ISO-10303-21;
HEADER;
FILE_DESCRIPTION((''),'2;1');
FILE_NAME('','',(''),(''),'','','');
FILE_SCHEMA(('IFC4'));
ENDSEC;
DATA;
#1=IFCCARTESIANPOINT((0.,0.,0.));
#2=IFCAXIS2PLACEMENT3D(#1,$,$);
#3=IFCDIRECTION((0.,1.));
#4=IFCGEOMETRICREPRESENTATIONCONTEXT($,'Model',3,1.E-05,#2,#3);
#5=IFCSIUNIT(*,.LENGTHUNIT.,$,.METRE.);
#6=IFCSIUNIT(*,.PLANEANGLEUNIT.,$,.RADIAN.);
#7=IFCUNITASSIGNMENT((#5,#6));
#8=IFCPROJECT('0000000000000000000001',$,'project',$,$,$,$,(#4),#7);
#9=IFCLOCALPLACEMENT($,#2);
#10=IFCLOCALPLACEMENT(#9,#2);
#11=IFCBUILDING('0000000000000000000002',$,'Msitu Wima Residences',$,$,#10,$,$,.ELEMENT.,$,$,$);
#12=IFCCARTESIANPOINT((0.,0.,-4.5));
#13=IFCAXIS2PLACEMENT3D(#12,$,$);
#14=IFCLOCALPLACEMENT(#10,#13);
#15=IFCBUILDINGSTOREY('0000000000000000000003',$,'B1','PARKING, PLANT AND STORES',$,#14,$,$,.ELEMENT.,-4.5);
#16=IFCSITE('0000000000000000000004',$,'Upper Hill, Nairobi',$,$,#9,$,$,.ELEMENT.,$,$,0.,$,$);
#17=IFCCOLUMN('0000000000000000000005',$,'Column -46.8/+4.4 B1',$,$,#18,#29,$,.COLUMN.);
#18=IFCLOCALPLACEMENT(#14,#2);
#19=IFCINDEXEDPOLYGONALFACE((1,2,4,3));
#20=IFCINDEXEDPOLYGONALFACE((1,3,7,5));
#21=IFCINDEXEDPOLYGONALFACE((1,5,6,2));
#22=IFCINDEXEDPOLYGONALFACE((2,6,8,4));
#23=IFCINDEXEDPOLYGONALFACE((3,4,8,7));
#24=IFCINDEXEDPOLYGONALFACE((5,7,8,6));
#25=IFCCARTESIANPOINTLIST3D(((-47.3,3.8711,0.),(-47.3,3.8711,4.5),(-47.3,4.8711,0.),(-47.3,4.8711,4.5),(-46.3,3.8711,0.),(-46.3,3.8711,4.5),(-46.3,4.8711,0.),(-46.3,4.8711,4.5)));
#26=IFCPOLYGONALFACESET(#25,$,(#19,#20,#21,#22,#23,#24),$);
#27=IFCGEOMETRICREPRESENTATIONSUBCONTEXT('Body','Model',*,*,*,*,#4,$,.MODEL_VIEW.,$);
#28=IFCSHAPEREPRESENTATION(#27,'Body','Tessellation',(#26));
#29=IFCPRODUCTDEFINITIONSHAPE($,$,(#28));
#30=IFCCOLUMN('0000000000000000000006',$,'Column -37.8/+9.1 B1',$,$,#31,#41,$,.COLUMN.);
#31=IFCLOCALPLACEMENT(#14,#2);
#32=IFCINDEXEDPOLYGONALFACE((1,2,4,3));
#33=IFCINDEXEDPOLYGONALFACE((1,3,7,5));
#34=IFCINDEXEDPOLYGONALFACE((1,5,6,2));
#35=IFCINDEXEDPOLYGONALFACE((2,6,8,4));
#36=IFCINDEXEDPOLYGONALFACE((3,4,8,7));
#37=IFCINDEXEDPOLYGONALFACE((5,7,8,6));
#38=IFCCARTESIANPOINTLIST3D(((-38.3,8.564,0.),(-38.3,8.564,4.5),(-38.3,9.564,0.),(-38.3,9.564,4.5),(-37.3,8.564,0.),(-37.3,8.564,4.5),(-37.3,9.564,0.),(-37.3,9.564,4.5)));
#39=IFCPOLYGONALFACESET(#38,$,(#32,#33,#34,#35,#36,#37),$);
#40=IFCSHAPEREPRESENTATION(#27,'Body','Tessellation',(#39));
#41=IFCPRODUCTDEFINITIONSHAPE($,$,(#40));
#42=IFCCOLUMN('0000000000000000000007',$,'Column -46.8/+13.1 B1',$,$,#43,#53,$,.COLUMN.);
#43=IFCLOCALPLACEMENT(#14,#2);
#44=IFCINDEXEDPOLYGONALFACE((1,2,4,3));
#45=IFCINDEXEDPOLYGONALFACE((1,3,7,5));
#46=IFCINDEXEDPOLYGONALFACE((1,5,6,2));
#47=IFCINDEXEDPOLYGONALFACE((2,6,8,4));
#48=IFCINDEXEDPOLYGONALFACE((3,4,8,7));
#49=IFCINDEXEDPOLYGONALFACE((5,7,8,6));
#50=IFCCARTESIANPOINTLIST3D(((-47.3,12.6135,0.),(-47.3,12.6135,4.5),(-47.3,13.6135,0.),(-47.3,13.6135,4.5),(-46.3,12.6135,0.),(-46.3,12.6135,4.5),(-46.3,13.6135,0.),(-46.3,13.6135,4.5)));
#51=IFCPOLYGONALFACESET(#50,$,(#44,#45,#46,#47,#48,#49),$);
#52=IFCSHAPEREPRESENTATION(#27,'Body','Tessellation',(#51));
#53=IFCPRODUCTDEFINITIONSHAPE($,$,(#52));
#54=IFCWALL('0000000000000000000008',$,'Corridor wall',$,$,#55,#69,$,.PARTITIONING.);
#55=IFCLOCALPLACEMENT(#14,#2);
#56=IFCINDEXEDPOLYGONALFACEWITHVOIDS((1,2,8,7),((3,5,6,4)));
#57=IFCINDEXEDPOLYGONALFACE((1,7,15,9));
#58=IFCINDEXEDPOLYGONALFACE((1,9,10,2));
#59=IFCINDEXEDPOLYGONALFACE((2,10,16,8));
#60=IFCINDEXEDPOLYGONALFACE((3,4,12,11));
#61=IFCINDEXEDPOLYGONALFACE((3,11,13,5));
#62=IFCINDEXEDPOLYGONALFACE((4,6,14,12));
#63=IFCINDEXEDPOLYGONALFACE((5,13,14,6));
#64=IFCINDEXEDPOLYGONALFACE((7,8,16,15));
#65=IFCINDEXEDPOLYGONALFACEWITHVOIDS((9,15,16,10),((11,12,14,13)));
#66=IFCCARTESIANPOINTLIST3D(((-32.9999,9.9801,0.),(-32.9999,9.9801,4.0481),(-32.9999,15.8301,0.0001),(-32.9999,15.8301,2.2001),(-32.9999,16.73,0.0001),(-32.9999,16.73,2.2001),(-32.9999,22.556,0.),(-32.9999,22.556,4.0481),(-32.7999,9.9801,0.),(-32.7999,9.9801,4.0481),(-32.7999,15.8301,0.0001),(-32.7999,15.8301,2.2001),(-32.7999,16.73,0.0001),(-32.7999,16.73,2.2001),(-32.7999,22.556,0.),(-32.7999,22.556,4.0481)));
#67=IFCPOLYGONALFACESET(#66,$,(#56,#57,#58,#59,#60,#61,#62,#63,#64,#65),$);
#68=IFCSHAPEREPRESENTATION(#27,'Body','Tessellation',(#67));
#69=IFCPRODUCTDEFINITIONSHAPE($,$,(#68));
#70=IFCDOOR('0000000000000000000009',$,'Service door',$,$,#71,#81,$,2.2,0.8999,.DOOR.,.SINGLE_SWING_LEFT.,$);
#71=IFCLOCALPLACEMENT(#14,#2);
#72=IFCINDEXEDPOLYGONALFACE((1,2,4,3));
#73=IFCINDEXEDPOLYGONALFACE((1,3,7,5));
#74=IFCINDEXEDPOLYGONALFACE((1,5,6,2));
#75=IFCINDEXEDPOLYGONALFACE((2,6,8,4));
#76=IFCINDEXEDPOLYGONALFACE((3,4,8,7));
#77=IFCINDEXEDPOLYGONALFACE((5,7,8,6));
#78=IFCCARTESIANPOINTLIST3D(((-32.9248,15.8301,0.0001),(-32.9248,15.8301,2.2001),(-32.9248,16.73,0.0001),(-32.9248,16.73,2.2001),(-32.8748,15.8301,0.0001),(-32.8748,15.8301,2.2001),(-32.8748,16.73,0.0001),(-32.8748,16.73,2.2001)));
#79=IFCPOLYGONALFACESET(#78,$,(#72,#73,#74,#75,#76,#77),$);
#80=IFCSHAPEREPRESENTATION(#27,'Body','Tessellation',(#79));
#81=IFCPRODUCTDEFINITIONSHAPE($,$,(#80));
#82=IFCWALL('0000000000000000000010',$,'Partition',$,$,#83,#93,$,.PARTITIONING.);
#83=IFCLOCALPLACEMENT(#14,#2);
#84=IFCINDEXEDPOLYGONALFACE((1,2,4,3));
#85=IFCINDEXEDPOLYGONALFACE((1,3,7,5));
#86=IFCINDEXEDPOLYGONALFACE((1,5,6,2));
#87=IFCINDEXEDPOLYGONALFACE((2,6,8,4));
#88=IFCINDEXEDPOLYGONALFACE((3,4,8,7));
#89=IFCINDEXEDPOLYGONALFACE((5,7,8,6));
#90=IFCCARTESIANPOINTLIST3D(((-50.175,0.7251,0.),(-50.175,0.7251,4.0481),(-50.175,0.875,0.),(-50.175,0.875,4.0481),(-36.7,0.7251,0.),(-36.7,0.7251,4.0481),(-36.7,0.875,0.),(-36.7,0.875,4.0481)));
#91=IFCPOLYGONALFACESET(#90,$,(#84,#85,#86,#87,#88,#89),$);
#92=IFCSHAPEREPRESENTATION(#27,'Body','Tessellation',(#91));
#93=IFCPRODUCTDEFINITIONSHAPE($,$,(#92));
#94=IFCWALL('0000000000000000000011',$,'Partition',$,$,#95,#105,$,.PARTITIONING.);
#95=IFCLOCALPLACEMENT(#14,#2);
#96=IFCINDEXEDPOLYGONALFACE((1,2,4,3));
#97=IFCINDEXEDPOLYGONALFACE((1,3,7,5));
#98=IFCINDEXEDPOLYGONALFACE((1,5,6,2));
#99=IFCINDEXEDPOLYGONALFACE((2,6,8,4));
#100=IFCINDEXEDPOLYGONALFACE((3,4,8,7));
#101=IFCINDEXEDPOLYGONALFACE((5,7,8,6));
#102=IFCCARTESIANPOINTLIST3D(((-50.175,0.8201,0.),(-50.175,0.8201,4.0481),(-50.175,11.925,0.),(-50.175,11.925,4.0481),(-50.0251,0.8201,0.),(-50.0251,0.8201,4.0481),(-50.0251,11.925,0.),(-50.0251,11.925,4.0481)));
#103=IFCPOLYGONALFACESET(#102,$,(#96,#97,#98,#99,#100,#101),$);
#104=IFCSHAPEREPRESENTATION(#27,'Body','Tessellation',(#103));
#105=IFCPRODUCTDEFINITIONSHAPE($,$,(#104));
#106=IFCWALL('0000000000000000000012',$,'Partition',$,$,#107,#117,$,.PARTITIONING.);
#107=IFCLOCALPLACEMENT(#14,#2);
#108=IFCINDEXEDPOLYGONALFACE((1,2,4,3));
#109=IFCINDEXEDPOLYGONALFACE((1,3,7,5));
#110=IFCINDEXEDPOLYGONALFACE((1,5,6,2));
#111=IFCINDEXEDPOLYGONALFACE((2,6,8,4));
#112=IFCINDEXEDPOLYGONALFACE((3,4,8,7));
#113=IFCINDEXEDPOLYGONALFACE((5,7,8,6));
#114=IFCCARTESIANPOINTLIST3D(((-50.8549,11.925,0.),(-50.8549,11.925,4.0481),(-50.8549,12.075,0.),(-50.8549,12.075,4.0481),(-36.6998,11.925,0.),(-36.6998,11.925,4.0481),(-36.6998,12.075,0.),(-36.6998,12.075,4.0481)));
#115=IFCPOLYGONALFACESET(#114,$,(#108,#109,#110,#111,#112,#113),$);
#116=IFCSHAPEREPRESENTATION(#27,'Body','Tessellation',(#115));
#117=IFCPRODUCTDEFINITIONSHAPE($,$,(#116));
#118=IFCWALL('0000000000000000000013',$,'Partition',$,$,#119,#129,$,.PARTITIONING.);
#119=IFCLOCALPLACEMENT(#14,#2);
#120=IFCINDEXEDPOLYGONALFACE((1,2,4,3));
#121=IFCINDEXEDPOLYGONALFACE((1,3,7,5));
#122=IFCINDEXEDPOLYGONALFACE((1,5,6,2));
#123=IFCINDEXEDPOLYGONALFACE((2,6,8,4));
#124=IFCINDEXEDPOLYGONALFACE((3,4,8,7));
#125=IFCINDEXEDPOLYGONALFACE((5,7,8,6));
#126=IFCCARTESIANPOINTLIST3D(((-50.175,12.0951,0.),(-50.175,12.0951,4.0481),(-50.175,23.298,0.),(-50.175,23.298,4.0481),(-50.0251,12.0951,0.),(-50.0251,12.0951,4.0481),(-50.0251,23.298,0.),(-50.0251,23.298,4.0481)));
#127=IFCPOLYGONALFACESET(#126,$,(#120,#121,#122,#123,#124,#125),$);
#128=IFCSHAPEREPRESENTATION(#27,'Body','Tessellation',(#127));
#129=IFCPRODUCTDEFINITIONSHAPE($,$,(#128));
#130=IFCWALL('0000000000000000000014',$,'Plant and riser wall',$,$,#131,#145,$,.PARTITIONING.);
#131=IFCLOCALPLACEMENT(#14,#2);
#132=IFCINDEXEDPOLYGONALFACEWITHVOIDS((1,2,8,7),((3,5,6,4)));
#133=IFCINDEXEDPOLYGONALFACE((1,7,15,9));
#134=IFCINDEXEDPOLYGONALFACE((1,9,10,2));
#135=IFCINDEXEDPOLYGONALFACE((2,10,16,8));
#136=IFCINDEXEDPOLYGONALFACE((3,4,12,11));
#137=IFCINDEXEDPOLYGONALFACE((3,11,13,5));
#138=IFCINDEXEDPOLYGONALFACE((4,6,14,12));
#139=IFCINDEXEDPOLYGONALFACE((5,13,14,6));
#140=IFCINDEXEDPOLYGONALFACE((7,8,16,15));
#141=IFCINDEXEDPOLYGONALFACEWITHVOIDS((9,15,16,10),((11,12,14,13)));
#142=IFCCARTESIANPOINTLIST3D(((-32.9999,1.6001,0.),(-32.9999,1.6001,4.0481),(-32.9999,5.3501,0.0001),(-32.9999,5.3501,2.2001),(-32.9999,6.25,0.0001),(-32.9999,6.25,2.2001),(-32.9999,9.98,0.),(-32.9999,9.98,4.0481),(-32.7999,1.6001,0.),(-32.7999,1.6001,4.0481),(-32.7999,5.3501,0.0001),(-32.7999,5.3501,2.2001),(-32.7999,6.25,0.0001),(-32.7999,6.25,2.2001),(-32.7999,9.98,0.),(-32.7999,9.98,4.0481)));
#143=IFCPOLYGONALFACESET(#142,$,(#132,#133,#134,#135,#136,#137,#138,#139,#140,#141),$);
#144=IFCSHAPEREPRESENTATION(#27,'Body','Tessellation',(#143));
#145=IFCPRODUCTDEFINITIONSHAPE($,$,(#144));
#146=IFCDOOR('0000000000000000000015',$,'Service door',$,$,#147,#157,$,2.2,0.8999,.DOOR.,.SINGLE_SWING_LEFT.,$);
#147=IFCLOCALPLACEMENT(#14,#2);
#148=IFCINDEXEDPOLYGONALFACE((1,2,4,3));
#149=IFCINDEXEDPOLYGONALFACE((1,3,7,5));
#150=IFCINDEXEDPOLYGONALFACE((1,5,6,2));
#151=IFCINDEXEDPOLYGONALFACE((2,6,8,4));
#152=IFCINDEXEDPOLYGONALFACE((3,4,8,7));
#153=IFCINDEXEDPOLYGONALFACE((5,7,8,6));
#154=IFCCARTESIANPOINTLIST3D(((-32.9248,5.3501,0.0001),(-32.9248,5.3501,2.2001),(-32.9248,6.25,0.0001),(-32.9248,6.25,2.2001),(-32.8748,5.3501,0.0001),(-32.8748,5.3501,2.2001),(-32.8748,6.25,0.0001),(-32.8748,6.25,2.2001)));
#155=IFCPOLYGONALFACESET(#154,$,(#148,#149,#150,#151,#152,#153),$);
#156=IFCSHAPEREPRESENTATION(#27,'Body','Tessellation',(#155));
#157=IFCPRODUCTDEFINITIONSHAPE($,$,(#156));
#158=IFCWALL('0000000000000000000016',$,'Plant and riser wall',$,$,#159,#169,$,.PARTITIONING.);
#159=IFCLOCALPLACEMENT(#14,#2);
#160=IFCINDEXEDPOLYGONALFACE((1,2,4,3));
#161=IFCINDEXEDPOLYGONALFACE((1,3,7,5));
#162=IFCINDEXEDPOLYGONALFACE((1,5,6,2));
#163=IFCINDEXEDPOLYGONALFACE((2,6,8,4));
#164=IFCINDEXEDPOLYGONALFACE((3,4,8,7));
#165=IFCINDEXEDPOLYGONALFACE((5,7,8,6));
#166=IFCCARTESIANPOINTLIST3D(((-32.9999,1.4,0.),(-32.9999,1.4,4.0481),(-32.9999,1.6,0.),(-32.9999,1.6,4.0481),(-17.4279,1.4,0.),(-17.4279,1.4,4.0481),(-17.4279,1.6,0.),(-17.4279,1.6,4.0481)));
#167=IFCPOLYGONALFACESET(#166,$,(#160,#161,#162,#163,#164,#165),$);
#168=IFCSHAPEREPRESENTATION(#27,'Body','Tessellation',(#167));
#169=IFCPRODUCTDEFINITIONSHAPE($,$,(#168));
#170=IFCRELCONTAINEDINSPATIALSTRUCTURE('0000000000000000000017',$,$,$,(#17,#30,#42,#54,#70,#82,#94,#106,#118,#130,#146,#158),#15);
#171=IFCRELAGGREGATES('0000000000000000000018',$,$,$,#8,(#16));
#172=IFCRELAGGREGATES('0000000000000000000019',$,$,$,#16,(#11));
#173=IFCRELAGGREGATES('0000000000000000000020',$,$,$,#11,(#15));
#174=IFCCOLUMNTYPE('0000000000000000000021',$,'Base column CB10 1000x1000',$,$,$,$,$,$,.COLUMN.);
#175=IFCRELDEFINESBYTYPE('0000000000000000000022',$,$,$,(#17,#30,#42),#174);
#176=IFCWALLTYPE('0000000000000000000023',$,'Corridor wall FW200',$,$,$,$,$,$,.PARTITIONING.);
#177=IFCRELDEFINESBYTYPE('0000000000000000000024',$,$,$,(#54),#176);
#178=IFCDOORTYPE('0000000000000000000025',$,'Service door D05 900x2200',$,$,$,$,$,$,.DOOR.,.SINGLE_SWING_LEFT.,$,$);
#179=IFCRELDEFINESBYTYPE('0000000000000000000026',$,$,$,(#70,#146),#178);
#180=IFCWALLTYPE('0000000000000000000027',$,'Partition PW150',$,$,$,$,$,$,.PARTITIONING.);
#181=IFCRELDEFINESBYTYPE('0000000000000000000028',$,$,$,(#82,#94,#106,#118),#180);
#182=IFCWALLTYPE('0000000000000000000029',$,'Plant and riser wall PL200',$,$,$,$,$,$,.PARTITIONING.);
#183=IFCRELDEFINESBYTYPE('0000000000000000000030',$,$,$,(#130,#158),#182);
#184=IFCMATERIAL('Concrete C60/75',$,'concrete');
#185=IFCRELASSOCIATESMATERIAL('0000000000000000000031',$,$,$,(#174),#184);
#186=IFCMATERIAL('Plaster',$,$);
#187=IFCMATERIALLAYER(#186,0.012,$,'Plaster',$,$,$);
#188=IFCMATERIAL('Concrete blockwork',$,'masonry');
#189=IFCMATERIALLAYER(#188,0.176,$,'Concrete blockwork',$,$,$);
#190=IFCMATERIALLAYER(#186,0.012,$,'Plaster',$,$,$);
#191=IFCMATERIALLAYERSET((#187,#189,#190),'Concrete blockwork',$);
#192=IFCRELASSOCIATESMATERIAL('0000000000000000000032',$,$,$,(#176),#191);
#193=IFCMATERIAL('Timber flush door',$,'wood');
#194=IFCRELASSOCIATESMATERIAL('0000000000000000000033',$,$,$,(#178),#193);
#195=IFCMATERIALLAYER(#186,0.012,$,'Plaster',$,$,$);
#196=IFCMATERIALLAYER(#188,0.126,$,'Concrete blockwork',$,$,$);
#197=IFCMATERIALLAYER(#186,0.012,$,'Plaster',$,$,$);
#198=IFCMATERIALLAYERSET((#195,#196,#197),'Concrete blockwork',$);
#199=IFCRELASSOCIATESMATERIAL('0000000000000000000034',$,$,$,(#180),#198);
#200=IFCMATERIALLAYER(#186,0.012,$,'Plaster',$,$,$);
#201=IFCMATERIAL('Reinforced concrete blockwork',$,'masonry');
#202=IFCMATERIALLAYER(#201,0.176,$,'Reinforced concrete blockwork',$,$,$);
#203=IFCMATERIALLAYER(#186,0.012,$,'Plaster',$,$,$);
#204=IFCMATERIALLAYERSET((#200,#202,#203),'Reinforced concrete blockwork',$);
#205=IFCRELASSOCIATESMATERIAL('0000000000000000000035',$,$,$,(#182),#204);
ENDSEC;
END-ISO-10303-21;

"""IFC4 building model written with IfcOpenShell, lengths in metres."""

from ifc_helpers import new_model, si_unit, direction, frame, frame_2d, origin, origin_2d, place, context, subcontext, project, spatial, rectangle, extrude, material, layer, layer_set, material_profile, profile_set, type_object, element, fill, save


model = new_model("IFC4")

# Units and contexts
model_context = context("Model", 3, precision=1e-05, world=origin(), true_north=direction((0.0, 1.0)))
body_context = subcontext(model_context, "Body", "Model", "MODEL_VIEW")
ifc_project = project(units=[si_unit("LENGTHUNIT", "METRE"), si_unit("PLANEANGLEUNIT", "RADIAN")], contexts=[model_context])

# Site, building, storey
site_placement = place(None, origin())
site = spatial("IfcSite", under=ifc_project, at=site_placement, Name="Upper Hill, Nairobi", CompositionType="ELEMENT", RefElevation=0.0)
building_placement = place(site_placement, origin())
building = spatial("IfcBuilding", under=site, at=building_placement, Name="Msitu Wima Residences", CompositionType="ELEMENT")
storey_placement = place(building_placement, frame((0.0, 0.0, -4.5)))
storey = spatial("IfcBuildingStorey", under=building, at=storey_placement, Name="B1", Description="PARKING, PLANT AND STORES", CompositionType="ELEMENT", Elevation=-4.5)

# Columns
ifc_material_1 = material(Name="Concrete C60/75", Category="concrete")
ifc_material_profile = material_profile(ifc_material_1, rectangle(XDim=1.0, YDim=1.0, at=origin_2d()), Name="RC 1000x1000")
ifc_profile_set = profile_set([ifc_material_profile], Name="Concrete C60/75")
column_type = type_object("IfcColumnType", Name="Base column CB10 1000x1000", PredefinedType="COLUMN", material=ifc_profile_set)
for number, where, z_axis, x_axis, name in (
    (1, (-46.8, 4.3711, 0.0), (0.0, 0.0, 1.0), (1.0, 0.0, 0.0), "Column -46.8/+4.4 B1"),
    (2, (-37.8, 9.064, 0.0), (0.0, 0.0, 1.0), (1.0, 0.0, 0.0), "Column -37.8/+9.1 B1"),
    (3, (-46.8, 13.1135, 0.0), (0.0, 0.0, 1.0), (1.0, 0.0, 0.0), "Column -46.8/+13.1 B1"),
):
    element("IfcColumn", number, at=place(storey_placement, frame(where, z_axis=z_axis, x_axis=x_axis)), inside=storey, type_object=column_type, Name=name, PredefinedType="COLUMN", context=body_context, shape_type="SweptSolid", body=[
        extrude(rectangle(XDim=1.0, YDim=1.0, at=origin_2d()), origin(), (0.0, 0.0, 1.0), 4.5),
    ])

# Wall, opening, door
ifc_material_2 = material(Name="Plaster")
ifc_layer_1 = layer(ifc_material_2, 0.012, Name="Plaster")
ifc_material_3 = material(Name="Concrete blockwork", Category="masonry")
ifc_layer_2 = layer(ifc_material_3, 0.176, Name="Concrete blockwork")
ifc_layer_3 = layer(ifc_material_2, 0.012, Name="Plaster")
ifc_layer_set_1 = layer_set([ifc_layer_1, ifc_layer_2, ifc_layer_3], Name="Concrete blockwork")
wall_type_1 = type_object("IfcWallType", Name="Corridor wall FW200", PredefinedType="PARTITIONING", material=ifc_layer_set_1)
wall_1_placement = place(storey_placement, frame((-32.8999, 9.98, 0.0), z_axis=(0.0, 0.0, 1.0), x_axis=(0.0, 1.0, 0.0)))
wall_1 = element("IfcWall", 4, at=wall_1_placement, inside=storey, type_object=wall_type_1, Name="Corridor wall", PredefinedType="PARTITIONING", context=body_context, shape_type="SweptSolid", body=[
    extrude(rectangle(XDim=12.5759, YDim=0.2, at=frame_2d((6.2881, 0.0))), origin(), (0.0, 0.0, 1.0), 4.0481),
])
opening_1_placement = place(wall_1_placement, frame((5.8501, 0.0, 0.0)))
opening_1 = element("IfcOpeningElement", 5, at=opening_1_placement, cuts=wall_1, PredefinedType="OPENING", context=body_context, shape_type="SweptSolid", body=[
    extrude(rectangle(XDim=0.8999, YDim=2.2, at=frame_2d((0.45, 1.1001))), frame((0.0, 0.1099, 0.0), z_axis=(0.0, -1.0, 0.0), x_axis=(1.0, 0.0, 0.0)), (0.0, 0.0, 1.0), 0.22),
])
ifc_material_4 = material(Name="Timber flush door", Category="wood")
door_type = type_object("IfcDoorType", Name="Service door D05 900x2200", OperationType="SINGLE_SWING_LEFT", PredefinedType="DOOR", material=ifc_material_4)
door_1_placement = place(opening_1_placement, origin())
door_1 = element("IfcDoor", 6, at=door_1_placement, inside=storey, type_object=door_type, Name="Service door", OperationType="SINGLE_SWING_LEFT", OverallHeight=2.2, OverallWidth=0.8999, PredefinedType="DOOR", context=body_context, shape_type="SweptSolid", body=[
    extrude(rectangle(XDim=0.8999, YDim=2.2, at=frame_2d((0.45, 1.1001))), frame((0.0, 0.0249, 0.0), z_axis=(0.0, -1.0, 0.0), x_axis=(1.0, 0.0, 0.0)), (0.0, 0.0, 1.0), 0.05),
])
fill(opening_1, door_1)

# Walls
ifc_layer_4 = layer(ifc_material_2, 0.012, Name="Plaster")
ifc_layer_5 = layer(ifc_material_3, 0.126, Name="Concrete blockwork")
ifc_layer_6 = layer(ifc_material_2, 0.012, Name="Plaster")
ifc_layer_set_2 = layer_set([ifc_layer_4, ifc_layer_5, ifc_layer_6], Name="Concrete blockwork")
wall_type_2 = type_object("IfcWallType", Name="Partition PW150", PredefinedType="PARTITIONING", material=ifc_layer_set_2)
wall_2_placement = place(storey_placement, frame((-50.175, 0.8, 0.0), z_axis=(0.0, 0.0, 1.0), x_axis=(1.0, 0.0, 0.0)))
element("IfcWall", 7, at=wall_2_placement, inside=storey, type_object=wall_type_2, Name="Partition", PredefinedType="PARTITIONING", context=body_context, shape_type="SweptSolid", body=[
    extrude(rectangle(XDim=13.4751, YDim=0.1499, at=frame_2d((6.7375, 0.0))), origin(), (0.0, 0.0, 1.0), 4.0481),
])
wall_3_placement = place(storey_placement, frame((-50.1001, 0.8201, 0.0), z_axis=(0.0, 0.0, 1.0), x_axis=(0.0, 1.0, 0.0)))
element("IfcWall", 8, at=wall_3_placement, inside=storey, type_object=wall_type_2, Name="Partition", PredefinedType="PARTITIONING", context=body_context, shape_type="SweptSolid", body=[
    extrude(rectangle(XDim=11.105, YDim=0.1499, at=frame_2d((5.5525, 0.0))), origin(), (0.0, 0.0, 1.0), 4.0481),
])
wall_4_placement = place(storey_placement, frame((-50.855, 12.0, 0.0), z_axis=(0.0, 0.0, 1.0), x_axis=(1.0, 0.0, 0.0)))
element("IfcWall", 9, at=wall_4_placement, inside=storey, type_object=wall_type_2, Name="Partition", PredefinedType="PARTITIONING", context=body_context, shape_type="SweptSolid", body=[
    extrude(rectangle(XDim=14.155, YDim=0.1499, at=frame_2d((7.0776, 0.0))), origin(), (0.0, 0.0, 1.0), 4.0481),
])
wall_5_placement = place(storey_placement, frame((-50.1001, 12.095, 0.0), z_axis=(0.0, 0.0, 1.0), x_axis=(0.0, 1.0, 0.0)))
element("IfcWall", 10, at=wall_5_placement, inside=storey, type_object=wall_type_2, Name="Partition", PredefinedType="PARTITIONING", context=body_context, shape_type="SweptSolid", body=[
    extrude(rectangle(XDim=11.2029, YDim=0.1499, at=frame_2d((5.6016, 0.0))), origin(), (0.0, 0.0, 1.0), 4.0481),
])

# Wall, opening, door
ifc_layer_7 = layer(ifc_material_2, 0.012, Name="Plaster")
ifc_material_5 = material(Name="Reinforced concrete blockwork", Category="masonry")
ifc_layer_8 = layer(ifc_material_5, 0.176, Name="Reinforced concrete blockwork")
ifc_layer_9 = layer(ifc_material_2, 0.012, Name="Plaster")
ifc_layer_set_3 = layer_set([ifc_layer_7, ifc_layer_8, ifc_layer_9], Name="Reinforced concrete blockwork")
wall_type_3 = type_object("IfcWallType", Name="Plant and riser wall PL200", PredefinedType="PARTITIONING", material=ifc_layer_set_3)
wall_6_placement = place(storey_placement, frame((-32.8999, 1.6001, 0.0), z_axis=(0.0, 0.0, 1.0), x_axis=(0.0, 1.0, 0.0)))
wall_6 = element("IfcWall", 11, at=wall_6_placement, inside=storey, type_object=wall_type_3, Name="Plant and riser wall", PredefinedType="PARTITIONING", context=body_context, shape_type="SweptSolid", body=[
    extrude(rectangle(XDim=8.3799, YDim=0.2, at=frame_2d((4.1899, 0.0))), origin(), (0.0, 0.0, 1.0), 4.0481),
])
opening_2_placement = place(wall_6_placement, frame((3.75, 0.0, 0.0)))
opening_2 = element("IfcOpeningElement", 12, at=opening_2_placement, cuts=wall_6, PredefinedType="OPENING", context=body_context, shape_type="SweptSolid", body=[
    extrude(rectangle(XDim=0.8999, YDim=2.2, at=frame_2d((0.45, 1.1001))), frame((0.0, 0.1099, 0.0), z_axis=(0.0, -1.0, 0.0), x_axis=(1.0, 0.0, 0.0)), (0.0, 0.0, 1.0), 0.22),
])
door_2_placement = place(opening_2_placement, origin())
door_2 = element("IfcDoor", 13, at=door_2_placement, inside=storey, type_object=door_type, Name="Service door", OperationType="SINGLE_SWING_LEFT", OverallHeight=2.2, OverallWidth=0.8999, PredefinedType="DOOR", context=body_context, shape_type="SweptSolid", body=[
    extrude(rectangle(XDim=0.8999, YDim=2.2, at=frame_2d((0.45, 1.1001))), frame((0.0, 0.0249, 0.0), z_axis=(0.0, -1.0, 0.0), x_axis=(1.0, 0.0, 0.0)), (0.0, 0.0, 1.0), 0.05),
])
fill(opening_2, door_2)

# Wall
wall_7_placement = place(storey_placement, frame((-33.0, 1.5, 0.0), z_axis=(0.0, 0.0, 1.0), x_axis=(1.0, 0.0, 0.0)))
element("IfcWall", 14, at=wall_7_placement, inside=storey, type_object=wall_type_3, Name="Plant and riser wall", PredefinedType="PARTITIONING", context=body_context, shape_type="SweptSolid", body=[
    extrude(rectangle(XDim=15.572, YDim=0.2, at=frame_2d((7.7861, 0.0))), origin(), (0.0, 0.0, 1.0), 4.0481),
])

save(model, "model.ifc")
